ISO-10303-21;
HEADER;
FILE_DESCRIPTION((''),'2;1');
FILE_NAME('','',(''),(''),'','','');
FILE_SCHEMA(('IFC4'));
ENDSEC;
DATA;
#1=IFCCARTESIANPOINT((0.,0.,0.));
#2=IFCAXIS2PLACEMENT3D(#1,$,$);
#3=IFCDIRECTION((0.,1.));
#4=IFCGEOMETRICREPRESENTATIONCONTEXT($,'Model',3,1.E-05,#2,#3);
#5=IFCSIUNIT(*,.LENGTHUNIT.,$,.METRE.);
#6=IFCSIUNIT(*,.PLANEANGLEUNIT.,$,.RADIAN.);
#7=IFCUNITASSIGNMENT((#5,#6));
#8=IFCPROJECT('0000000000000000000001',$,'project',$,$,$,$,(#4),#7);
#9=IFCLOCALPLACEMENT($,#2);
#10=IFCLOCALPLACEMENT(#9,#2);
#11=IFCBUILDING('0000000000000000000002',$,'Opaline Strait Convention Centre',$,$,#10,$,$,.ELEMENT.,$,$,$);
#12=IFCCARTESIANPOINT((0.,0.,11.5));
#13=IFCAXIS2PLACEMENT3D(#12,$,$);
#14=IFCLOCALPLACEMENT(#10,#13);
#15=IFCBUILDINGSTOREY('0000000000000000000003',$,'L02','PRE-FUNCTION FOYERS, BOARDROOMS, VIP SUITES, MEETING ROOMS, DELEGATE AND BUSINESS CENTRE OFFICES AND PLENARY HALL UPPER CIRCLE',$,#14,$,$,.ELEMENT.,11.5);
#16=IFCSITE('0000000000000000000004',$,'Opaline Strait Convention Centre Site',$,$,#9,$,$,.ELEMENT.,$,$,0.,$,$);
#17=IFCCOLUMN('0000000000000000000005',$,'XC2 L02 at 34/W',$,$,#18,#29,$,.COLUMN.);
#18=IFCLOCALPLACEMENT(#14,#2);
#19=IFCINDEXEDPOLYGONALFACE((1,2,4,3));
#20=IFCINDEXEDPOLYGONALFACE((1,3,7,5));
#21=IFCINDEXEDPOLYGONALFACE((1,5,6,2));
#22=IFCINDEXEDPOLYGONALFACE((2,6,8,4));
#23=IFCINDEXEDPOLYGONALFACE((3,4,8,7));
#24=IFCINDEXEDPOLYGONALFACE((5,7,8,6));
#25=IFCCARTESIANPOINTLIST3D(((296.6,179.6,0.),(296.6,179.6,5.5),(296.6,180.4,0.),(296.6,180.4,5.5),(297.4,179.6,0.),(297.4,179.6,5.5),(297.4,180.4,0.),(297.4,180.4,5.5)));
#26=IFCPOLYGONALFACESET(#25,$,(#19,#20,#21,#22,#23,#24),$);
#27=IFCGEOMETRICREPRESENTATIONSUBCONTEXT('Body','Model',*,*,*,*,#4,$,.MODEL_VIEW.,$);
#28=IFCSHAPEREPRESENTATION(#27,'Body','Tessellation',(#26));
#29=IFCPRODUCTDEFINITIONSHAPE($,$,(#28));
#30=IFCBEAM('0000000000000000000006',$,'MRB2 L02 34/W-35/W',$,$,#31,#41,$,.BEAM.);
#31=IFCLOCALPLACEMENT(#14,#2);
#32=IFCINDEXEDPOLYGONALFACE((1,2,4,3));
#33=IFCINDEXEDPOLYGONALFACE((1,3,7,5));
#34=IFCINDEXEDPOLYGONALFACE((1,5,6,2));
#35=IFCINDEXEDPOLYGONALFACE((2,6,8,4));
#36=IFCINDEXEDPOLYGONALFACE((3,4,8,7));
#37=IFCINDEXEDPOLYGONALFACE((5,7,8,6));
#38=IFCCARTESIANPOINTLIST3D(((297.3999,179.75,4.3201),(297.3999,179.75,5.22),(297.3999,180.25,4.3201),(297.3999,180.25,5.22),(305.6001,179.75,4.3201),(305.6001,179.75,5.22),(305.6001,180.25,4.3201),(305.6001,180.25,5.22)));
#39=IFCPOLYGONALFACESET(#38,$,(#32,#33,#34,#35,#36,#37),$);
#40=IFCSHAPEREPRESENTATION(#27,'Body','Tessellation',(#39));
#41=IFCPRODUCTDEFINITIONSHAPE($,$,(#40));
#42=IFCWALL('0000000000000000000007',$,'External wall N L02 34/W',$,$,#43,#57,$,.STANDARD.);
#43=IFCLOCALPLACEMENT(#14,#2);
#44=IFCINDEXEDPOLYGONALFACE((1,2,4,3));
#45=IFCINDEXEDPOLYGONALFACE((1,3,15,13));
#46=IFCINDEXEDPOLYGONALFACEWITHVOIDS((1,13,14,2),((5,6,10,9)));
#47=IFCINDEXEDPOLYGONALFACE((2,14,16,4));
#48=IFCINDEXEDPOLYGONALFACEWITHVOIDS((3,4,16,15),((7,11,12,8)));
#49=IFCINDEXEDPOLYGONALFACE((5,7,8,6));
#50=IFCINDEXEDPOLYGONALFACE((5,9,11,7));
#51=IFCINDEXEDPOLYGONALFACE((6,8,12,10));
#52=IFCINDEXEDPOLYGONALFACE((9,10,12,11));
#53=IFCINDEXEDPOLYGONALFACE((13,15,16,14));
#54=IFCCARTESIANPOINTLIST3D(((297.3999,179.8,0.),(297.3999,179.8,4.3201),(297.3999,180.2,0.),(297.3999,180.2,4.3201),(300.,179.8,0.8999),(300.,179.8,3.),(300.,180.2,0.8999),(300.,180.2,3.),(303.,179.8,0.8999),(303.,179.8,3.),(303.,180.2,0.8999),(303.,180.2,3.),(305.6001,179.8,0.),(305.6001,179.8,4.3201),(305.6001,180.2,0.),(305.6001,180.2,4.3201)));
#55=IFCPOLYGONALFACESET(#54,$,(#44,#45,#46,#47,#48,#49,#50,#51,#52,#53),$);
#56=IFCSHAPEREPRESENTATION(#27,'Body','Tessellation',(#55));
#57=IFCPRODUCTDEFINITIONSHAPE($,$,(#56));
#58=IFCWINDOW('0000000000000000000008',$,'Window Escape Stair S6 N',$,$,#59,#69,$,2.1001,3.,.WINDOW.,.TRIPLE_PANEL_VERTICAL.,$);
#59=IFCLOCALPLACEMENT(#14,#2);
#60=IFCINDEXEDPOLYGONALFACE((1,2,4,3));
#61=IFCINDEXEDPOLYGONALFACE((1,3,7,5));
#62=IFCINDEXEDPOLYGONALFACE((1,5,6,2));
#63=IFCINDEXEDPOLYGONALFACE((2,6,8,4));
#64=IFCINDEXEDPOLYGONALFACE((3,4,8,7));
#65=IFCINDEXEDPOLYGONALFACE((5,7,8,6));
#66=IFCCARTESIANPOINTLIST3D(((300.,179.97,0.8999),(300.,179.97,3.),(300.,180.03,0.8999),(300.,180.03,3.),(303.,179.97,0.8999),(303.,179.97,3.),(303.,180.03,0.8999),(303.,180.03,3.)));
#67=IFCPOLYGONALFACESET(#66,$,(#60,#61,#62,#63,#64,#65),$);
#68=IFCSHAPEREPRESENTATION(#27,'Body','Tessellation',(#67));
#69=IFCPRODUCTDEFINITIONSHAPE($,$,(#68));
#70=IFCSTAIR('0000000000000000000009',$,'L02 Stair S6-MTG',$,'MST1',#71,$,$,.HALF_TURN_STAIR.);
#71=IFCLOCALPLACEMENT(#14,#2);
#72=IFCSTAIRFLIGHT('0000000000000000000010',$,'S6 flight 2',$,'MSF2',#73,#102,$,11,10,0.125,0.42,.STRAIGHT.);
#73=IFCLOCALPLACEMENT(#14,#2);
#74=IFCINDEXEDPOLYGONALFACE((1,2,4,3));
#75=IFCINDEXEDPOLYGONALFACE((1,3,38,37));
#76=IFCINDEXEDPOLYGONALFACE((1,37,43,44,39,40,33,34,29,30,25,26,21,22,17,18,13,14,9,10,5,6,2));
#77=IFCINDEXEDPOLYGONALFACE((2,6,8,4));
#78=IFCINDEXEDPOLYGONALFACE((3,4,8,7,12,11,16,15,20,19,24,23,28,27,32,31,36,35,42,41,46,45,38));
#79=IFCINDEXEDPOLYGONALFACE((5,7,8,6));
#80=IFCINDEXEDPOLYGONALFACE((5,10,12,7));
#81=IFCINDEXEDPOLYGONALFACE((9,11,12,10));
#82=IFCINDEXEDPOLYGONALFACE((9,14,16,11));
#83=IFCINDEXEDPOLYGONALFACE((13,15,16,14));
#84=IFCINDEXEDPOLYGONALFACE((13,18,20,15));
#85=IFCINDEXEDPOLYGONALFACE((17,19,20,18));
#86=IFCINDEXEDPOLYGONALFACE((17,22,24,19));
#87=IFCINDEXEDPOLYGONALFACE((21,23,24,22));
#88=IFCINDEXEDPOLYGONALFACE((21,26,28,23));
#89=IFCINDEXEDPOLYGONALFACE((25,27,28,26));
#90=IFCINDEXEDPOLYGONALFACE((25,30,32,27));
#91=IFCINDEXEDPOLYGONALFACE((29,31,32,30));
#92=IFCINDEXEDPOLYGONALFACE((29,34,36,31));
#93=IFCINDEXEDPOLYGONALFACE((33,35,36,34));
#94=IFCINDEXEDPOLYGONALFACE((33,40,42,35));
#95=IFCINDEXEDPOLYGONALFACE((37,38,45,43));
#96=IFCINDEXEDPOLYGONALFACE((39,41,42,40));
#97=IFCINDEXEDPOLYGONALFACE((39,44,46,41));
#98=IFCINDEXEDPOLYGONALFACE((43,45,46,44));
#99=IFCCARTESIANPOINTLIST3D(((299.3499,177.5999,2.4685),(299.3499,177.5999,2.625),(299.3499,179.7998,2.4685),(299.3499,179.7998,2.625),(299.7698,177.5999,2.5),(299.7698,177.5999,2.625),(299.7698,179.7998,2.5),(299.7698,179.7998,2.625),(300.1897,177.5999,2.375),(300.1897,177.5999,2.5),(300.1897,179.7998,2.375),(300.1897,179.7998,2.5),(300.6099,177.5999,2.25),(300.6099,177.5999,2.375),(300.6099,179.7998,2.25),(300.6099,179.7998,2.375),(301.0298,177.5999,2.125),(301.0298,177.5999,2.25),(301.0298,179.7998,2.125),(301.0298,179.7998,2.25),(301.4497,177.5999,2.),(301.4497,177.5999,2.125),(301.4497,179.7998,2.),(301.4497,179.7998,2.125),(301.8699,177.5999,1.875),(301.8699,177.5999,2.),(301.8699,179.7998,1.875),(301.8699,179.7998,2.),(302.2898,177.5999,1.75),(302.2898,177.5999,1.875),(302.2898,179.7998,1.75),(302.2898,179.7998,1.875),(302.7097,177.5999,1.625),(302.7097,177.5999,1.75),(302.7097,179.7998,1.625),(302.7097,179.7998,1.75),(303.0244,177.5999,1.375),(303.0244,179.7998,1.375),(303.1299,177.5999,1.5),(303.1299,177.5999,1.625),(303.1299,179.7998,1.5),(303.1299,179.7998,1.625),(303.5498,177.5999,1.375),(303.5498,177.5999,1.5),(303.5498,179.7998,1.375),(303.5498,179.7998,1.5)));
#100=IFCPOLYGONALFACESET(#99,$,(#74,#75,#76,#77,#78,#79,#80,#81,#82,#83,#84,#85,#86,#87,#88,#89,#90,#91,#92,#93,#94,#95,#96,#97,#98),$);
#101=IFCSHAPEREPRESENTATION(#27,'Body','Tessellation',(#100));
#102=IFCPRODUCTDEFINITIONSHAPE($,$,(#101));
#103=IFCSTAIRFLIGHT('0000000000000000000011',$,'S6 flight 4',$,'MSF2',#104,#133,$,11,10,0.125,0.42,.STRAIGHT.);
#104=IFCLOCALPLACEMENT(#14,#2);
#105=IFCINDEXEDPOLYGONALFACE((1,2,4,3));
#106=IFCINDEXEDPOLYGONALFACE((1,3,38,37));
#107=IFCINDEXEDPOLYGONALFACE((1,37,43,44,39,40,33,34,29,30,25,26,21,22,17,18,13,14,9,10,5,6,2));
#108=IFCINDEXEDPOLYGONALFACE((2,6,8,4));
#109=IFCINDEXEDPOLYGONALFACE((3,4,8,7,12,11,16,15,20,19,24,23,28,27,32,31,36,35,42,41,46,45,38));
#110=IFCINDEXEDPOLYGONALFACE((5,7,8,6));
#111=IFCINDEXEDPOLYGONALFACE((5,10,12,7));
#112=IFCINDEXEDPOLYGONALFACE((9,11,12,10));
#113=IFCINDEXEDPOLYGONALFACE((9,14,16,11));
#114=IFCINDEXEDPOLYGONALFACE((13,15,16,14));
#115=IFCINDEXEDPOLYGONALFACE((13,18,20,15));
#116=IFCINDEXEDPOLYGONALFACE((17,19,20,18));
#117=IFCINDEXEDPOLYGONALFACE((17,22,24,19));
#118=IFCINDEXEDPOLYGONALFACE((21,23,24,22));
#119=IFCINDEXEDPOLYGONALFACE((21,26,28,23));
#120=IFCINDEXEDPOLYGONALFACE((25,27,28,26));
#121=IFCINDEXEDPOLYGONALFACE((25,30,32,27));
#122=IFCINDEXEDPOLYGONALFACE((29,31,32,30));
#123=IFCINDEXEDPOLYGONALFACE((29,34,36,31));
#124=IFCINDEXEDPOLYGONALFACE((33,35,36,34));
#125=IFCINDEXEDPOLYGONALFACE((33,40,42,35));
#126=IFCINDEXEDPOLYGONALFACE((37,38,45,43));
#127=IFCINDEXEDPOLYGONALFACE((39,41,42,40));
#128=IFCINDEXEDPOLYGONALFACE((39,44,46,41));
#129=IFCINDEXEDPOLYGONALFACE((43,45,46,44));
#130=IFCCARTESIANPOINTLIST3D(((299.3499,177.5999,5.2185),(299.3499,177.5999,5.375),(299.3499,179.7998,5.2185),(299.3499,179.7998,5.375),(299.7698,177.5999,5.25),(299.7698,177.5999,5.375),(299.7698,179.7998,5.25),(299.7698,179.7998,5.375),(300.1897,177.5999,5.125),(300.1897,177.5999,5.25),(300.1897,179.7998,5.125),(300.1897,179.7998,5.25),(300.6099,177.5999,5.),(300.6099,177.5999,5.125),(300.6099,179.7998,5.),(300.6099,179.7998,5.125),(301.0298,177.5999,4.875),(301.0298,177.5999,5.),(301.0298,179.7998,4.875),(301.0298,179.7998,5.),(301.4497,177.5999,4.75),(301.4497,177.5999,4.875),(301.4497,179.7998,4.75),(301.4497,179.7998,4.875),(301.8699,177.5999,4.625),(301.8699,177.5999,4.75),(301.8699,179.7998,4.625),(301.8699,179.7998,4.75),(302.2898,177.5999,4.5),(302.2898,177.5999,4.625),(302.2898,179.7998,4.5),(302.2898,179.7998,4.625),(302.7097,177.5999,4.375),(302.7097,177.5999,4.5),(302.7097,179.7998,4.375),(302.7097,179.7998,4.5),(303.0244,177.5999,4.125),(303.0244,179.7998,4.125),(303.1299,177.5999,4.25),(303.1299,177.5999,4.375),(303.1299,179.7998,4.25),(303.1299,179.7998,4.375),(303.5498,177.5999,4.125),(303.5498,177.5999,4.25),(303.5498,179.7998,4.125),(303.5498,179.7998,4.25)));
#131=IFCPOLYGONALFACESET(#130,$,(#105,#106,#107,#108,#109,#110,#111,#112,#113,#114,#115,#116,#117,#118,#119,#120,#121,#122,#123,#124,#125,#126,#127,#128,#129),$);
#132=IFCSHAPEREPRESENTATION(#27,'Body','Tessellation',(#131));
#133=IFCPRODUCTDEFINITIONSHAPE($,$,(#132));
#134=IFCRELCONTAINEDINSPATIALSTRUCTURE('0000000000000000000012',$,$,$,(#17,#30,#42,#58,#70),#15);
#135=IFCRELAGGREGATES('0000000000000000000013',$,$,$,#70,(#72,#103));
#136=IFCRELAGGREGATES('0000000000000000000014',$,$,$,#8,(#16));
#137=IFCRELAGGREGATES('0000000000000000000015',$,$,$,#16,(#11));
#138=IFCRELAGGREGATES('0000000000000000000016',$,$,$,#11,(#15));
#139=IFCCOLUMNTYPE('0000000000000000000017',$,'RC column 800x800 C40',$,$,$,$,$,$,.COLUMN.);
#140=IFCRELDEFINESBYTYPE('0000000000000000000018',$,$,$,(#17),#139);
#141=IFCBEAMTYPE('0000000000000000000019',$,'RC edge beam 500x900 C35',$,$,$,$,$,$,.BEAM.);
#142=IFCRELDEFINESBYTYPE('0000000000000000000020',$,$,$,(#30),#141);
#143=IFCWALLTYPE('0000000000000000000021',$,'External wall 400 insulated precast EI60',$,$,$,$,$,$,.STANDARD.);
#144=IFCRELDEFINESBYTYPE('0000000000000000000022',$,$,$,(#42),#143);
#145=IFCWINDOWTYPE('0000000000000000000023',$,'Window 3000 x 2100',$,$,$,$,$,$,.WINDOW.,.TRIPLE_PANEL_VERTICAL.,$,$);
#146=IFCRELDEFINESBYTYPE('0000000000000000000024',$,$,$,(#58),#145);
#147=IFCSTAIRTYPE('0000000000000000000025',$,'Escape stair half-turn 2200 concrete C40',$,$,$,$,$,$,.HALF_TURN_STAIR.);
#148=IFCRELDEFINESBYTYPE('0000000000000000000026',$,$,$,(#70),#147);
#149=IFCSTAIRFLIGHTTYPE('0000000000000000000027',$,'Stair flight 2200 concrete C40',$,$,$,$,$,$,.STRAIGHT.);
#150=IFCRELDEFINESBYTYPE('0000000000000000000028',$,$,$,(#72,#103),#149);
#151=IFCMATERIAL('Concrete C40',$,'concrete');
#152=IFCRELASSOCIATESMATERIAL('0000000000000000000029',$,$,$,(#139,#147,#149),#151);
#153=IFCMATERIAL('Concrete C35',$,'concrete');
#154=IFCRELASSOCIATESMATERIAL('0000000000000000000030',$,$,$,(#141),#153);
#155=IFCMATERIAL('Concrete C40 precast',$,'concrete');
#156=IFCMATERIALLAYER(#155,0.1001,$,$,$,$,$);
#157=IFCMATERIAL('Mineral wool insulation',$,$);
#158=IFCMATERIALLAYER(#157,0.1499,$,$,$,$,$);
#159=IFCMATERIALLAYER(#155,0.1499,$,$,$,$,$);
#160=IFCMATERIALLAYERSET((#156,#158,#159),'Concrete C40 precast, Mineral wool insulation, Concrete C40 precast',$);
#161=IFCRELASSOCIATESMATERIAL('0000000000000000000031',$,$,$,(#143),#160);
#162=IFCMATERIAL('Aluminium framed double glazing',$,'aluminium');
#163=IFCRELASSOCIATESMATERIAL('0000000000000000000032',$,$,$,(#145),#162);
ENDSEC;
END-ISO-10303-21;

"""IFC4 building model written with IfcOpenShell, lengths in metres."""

from ifc_helpers import new_model, si_unit, direction, frame, frame_2d, origin, origin_2d, place, context, subcontext, project, spatial, polyline, rectangle, outline, extrude, material, layer, layer_set, material_profile, profile_set, type_object, element, fill, aggregate, save


model = new_model("IFC4")

# Units and contexts
model_context = context("Model", 3, precision=1e-05, world=origin(), true_north=direction((0.0, 1.0)))
body_context = subcontext(model_context, "Body", "Model", "MODEL_VIEW")
ifc_project = project(units=[si_unit("LENGTHUNIT", "METRE"), si_unit("PLANEANGLEUNIT", "RADIAN")], contexts=[model_context])

# Site, building, storey
site_placement = place(None, origin())
site = spatial("IfcSite", under=ifc_project, at=site_placement, Name="Opaline Strait Convention Centre Site", CompositionType="ELEMENT", RefElevation=0.0)
building_placement = place(site_placement, origin())
building = spatial("IfcBuilding", under=site, at=building_placement, Name="Opaline Strait Convention Centre", CompositionType="ELEMENT")
storey_placement = place(building_placement, frame((0.0, 0.0, 11.5)))
storey = spatial("IfcBuildingStorey", under=building, at=storey_placement, Name="L02", Description="PRE-FUNCTION FOYERS, BOARDROOMS, VIP SUITES, MEETING ROOMS, DELEGATE AND BUSINESS CENTRE OFFICES AND PLENARY HALL UPPER CIRCLE", CompositionType="ELEMENT", Elevation=11.5)

# Column
ifc_material_1 = material(Name="Concrete C40", Category="concrete")
ifc_material_profile_1 = material_profile(ifc_material_1, rectangle(XDim=0.8, YDim=0.8, at=origin_2d()), Name="RC 800x800")
ifc_profile_set_1 = profile_set([ifc_material_profile_1], Name="Concrete C40")
column_type = type_object("IfcColumnType", Name="RC column 800x800 C40", PredefinedType="COLUMN", material=ifc_profile_set_1)
column_placement = place(storey_placement, frame((297.0, 180.0, 0.0), z_axis=(0.0, 0.0, 1.0), x_axis=(1.0, 0.0, 0.0)))
element("IfcColumn", 1, at=column_placement, inside=storey, type_object=column_type, Name="XC2 L02 at 34/W", PredefinedType="COLUMN", context=body_context, shape_type="SweptSolid", body=[
    extrude(rectangle(XDim=0.8, YDim=0.8, at=origin_2d()), origin(), (0.0, 0.0, 1.0), 5.5),
])

# Beam
ifc_material_2 = material(Name="Concrete C35", Category="concrete")
ifc_material_profile_2 = material_profile(ifc_material_2, rectangle(XDim=0.5, YDim=0.8999, at=origin_2d()), Name="RC 500x900")
ifc_profile_set_2 = profile_set([ifc_material_profile_2], Name="Concrete C35")
beam_type = type_object("IfcBeamType", Name="RC edge beam 500x900 C35", PredefinedType="BEAM", material=ifc_profile_set_2)
beam_placement = place(storey_placement, frame((297.3999, 180.0, 4.77), z_axis=(1.0, 0.0, 0.0), x_axis=(0.0, 1.0, 0.0)))
element("IfcBeam", 2, at=beam_placement, inside=storey, type_object=beam_type, Name="MRB2 L02 34/W-35/W", PredefinedType="BEAM", context=body_context, shape_type="SweptSolid", body=[
    extrude(rectangle(XDim=0.5, YDim=0.8999, at=origin_2d()), origin(), (0.0, 0.0, 1.0), 8.2002),
])

# Wall, opening, window
ifc_material_3 = material(Name="Concrete C40 precast", Category="concrete")
ifc_layer_1 = layer(ifc_material_3, 0.1001)
ifc_material_4 = material(Name="Mineral wool insulation")
ifc_layer_2 = layer(ifc_material_4, 0.1499)
ifc_layer_3 = layer(ifc_material_3, 0.1499)
ifc_layer_set_1 = layer_set([ifc_layer_1, ifc_layer_2, ifc_layer_3], Name="Concrete C40 precast, Mineral wool insulation, Concrete C40 precast")
wall_type = type_object("IfcWallType", Name="External wall 400 insulated precast EI60", PredefinedType="STANDARD", material=ifc_layer_set_1)
wall_placement = place(storey_placement, frame((297.3999, 180.0, 0.0), z_axis=(0.0, 0.0, 1.0), x_axis=(1.0, 0.0, 0.0)))
wall = element("IfcWall", 3, at=wall_placement, inside=storey, type_object=wall_type, Name="External wall N L02 34/W", PredefinedType="STANDARD", context=body_context, shape_type="SweptSolid", body=[
    extrude(rectangle(XDim=8.2002, YDim=0.3999, at=frame_2d((4.1001, 0.0))), origin(), (0.0, 0.0, 1.0), 4.3201),
])
opening_placement = place(wall_placement, frame((2.6001, 0.0, 0.8999)))
opening = element("IfcOpeningElement", 4, at=opening_placement, cuts=wall, PredefinedType="OPENING", context=body_context, shape_type="SweptSolid", body=[
    extrude(rectangle(XDim=3.0, YDim=2.1001, at=frame_2d((1.5, 1.05))), frame((0.0, 0.21, 0.0), z_axis=(0.0, -1.0, 0.0), x_axis=(1.0, 0.0, 0.0)), (0.0, 0.0, 1.0), 0.4199),
])
ifc_material_5 = material(Name="Aluminium framed double glazing", Category="aluminium")
window_type = type_object("IfcWindowType", Name="Window 3000 x 2100", PartitioningType="TRIPLE_PANEL_VERTICAL", PredefinedType="WINDOW", material=ifc_material_5)
window_placement = place(opening_placement, origin())
window = element("IfcWindow", 5, at=window_placement, inside=storey, type_object=window_type, Name="Window Escape Stair S6 N", OverallHeight=2.1001, OverallWidth=3.0, PartitioningType="TRIPLE_PANEL_VERTICAL", PredefinedType="WINDOW", context=body_context, shape_type="SweptSolid", body=[
    extrude(rectangle(XDim=3.0, YDim=2.1001, at=frame_2d((1.5, 1.05))), frame((0.0, 0.03, 0.0), z_axis=(0.0, -1.0, 0.0), x_axis=(1.0, 0.0, 0.0)), (0.0, 0.0, 1.0), 0.0601),
])
fill(opening, window)

# Stair, stair flights
stair_type = type_object("IfcStairType", Name="Escape stair half-turn 2200 concrete C40", PredefinedType="HALF_TURN_STAIR", material=ifc_material_1)
stair_placement = place(storey_placement, origin())
stair = element("IfcStair", 6, at=stair_placement, inside=storey, type_object=stair_type, Name="L02 Stair S6-MTG", ObjectType="MST1", PredefinedType="HALF_TURN_STAIR")
stair_flight_type = type_object("IfcStairFlightType", Name="Stair flight 2200 concrete C40", PredefinedType="STRAIGHT", material=ifc_material_1)
stair_flight_1_placement = place(storey_placement, frame((303.5498, 178.7, 1.375), z_axis=(0.0, 0.0, 1.0), x_axis=(-1.0, 0.0, 0.0)))
stair_flight_1 = element("IfcStairFlight", 7, at=stair_flight_1_placement, type_object=stair_flight_type, Name="S6 flight 2", ObjectType="MSF2", NumberOfRisers=11, NumberOfTreads=10, PredefinedType="STRAIGHT", RiserHeight=0.125, TreadLength=0.42, context=body_context, shape_type="SweptSolid", body=[
    extrude(outline(polyline([(0.0, 0.0), (0.0, 0.125), (0.4199, 0.125), (0.4199, 0.25), (0.8401, 0.25), (0.8401, 0.375), (1.26, 0.375), (1.26, 0.5), (1.6799, 0.5), (1.6799, 0.625), (2.1001, 0.625), (2.1001, 0.75), (2.52, 0.75), (2.52, 0.875), (2.9399, 0.875), (2.9399, 1.0), (3.3601, 1.0), (3.3601, 1.125), (3.78, 1.125), (3.78, 1.25), (4.2, 1.25), (4.2, 1.375), (4.2, 1.0935), (0.5254, 0.0), (0.0, 0.0)])), frame((0.0, 1.1001, 0.0), z_axis=(0.0, -1.0, 0.0), x_axis=(1.0, 0.0, 0.0)), (0.0, 0.0, 1.0), 2.2),
])
stair_flight_2_placement = place(storey_placement, frame((303.5498, 178.7, 4.125), z_axis=(0.0, 0.0, 1.0), x_axis=(-1.0, 0.0, 0.0)))
stair_flight_2 = element("IfcStairFlight", 8, at=stair_flight_2_placement, type_object=stair_flight_type, Name="S6 flight 4", ObjectType="MSF2", NumberOfRisers=11, NumberOfTreads=10, PredefinedType="STRAIGHT", RiserHeight=0.125, TreadLength=0.42, context=body_context, shape_type="SweptSolid", body=[
    extrude(outline(polyline([(0.0, 0.0), (0.0, 0.125), (0.4199, 0.125), (0.4199, 0.25), (0.8401, 0.25), (0.8401, 0.375), (1.26, 0.375), (1.26, 0.5), (1.6799, 0.5), (1.6799, 0.625), (2.1001, 0.625), (2.1001, 0.75), (2.52, 0.75), (2.52, 0.875), (2.9399, 0.875), (2.9399, 1.0), (3.3601, 1.0), (3.3601, 1.125), (3.78, 1.125), (3.78, 1.25), (4.2, 1.25), (4.2, 1.375), (4.2, 1.0935), (0.5254, 0.0), (0.0, 0.0)])), frame((0.0, 1.1001, 0.0), z_axis=(0.0, -1.0, 0.0), x_axis=(1.0, 0.0, 0.0)), (0.0, 0.0, 1.0), 2.2),
])
aggregate(stair, [stair_flight_1, stair_flight_2])

save(model, "model.ifc")
